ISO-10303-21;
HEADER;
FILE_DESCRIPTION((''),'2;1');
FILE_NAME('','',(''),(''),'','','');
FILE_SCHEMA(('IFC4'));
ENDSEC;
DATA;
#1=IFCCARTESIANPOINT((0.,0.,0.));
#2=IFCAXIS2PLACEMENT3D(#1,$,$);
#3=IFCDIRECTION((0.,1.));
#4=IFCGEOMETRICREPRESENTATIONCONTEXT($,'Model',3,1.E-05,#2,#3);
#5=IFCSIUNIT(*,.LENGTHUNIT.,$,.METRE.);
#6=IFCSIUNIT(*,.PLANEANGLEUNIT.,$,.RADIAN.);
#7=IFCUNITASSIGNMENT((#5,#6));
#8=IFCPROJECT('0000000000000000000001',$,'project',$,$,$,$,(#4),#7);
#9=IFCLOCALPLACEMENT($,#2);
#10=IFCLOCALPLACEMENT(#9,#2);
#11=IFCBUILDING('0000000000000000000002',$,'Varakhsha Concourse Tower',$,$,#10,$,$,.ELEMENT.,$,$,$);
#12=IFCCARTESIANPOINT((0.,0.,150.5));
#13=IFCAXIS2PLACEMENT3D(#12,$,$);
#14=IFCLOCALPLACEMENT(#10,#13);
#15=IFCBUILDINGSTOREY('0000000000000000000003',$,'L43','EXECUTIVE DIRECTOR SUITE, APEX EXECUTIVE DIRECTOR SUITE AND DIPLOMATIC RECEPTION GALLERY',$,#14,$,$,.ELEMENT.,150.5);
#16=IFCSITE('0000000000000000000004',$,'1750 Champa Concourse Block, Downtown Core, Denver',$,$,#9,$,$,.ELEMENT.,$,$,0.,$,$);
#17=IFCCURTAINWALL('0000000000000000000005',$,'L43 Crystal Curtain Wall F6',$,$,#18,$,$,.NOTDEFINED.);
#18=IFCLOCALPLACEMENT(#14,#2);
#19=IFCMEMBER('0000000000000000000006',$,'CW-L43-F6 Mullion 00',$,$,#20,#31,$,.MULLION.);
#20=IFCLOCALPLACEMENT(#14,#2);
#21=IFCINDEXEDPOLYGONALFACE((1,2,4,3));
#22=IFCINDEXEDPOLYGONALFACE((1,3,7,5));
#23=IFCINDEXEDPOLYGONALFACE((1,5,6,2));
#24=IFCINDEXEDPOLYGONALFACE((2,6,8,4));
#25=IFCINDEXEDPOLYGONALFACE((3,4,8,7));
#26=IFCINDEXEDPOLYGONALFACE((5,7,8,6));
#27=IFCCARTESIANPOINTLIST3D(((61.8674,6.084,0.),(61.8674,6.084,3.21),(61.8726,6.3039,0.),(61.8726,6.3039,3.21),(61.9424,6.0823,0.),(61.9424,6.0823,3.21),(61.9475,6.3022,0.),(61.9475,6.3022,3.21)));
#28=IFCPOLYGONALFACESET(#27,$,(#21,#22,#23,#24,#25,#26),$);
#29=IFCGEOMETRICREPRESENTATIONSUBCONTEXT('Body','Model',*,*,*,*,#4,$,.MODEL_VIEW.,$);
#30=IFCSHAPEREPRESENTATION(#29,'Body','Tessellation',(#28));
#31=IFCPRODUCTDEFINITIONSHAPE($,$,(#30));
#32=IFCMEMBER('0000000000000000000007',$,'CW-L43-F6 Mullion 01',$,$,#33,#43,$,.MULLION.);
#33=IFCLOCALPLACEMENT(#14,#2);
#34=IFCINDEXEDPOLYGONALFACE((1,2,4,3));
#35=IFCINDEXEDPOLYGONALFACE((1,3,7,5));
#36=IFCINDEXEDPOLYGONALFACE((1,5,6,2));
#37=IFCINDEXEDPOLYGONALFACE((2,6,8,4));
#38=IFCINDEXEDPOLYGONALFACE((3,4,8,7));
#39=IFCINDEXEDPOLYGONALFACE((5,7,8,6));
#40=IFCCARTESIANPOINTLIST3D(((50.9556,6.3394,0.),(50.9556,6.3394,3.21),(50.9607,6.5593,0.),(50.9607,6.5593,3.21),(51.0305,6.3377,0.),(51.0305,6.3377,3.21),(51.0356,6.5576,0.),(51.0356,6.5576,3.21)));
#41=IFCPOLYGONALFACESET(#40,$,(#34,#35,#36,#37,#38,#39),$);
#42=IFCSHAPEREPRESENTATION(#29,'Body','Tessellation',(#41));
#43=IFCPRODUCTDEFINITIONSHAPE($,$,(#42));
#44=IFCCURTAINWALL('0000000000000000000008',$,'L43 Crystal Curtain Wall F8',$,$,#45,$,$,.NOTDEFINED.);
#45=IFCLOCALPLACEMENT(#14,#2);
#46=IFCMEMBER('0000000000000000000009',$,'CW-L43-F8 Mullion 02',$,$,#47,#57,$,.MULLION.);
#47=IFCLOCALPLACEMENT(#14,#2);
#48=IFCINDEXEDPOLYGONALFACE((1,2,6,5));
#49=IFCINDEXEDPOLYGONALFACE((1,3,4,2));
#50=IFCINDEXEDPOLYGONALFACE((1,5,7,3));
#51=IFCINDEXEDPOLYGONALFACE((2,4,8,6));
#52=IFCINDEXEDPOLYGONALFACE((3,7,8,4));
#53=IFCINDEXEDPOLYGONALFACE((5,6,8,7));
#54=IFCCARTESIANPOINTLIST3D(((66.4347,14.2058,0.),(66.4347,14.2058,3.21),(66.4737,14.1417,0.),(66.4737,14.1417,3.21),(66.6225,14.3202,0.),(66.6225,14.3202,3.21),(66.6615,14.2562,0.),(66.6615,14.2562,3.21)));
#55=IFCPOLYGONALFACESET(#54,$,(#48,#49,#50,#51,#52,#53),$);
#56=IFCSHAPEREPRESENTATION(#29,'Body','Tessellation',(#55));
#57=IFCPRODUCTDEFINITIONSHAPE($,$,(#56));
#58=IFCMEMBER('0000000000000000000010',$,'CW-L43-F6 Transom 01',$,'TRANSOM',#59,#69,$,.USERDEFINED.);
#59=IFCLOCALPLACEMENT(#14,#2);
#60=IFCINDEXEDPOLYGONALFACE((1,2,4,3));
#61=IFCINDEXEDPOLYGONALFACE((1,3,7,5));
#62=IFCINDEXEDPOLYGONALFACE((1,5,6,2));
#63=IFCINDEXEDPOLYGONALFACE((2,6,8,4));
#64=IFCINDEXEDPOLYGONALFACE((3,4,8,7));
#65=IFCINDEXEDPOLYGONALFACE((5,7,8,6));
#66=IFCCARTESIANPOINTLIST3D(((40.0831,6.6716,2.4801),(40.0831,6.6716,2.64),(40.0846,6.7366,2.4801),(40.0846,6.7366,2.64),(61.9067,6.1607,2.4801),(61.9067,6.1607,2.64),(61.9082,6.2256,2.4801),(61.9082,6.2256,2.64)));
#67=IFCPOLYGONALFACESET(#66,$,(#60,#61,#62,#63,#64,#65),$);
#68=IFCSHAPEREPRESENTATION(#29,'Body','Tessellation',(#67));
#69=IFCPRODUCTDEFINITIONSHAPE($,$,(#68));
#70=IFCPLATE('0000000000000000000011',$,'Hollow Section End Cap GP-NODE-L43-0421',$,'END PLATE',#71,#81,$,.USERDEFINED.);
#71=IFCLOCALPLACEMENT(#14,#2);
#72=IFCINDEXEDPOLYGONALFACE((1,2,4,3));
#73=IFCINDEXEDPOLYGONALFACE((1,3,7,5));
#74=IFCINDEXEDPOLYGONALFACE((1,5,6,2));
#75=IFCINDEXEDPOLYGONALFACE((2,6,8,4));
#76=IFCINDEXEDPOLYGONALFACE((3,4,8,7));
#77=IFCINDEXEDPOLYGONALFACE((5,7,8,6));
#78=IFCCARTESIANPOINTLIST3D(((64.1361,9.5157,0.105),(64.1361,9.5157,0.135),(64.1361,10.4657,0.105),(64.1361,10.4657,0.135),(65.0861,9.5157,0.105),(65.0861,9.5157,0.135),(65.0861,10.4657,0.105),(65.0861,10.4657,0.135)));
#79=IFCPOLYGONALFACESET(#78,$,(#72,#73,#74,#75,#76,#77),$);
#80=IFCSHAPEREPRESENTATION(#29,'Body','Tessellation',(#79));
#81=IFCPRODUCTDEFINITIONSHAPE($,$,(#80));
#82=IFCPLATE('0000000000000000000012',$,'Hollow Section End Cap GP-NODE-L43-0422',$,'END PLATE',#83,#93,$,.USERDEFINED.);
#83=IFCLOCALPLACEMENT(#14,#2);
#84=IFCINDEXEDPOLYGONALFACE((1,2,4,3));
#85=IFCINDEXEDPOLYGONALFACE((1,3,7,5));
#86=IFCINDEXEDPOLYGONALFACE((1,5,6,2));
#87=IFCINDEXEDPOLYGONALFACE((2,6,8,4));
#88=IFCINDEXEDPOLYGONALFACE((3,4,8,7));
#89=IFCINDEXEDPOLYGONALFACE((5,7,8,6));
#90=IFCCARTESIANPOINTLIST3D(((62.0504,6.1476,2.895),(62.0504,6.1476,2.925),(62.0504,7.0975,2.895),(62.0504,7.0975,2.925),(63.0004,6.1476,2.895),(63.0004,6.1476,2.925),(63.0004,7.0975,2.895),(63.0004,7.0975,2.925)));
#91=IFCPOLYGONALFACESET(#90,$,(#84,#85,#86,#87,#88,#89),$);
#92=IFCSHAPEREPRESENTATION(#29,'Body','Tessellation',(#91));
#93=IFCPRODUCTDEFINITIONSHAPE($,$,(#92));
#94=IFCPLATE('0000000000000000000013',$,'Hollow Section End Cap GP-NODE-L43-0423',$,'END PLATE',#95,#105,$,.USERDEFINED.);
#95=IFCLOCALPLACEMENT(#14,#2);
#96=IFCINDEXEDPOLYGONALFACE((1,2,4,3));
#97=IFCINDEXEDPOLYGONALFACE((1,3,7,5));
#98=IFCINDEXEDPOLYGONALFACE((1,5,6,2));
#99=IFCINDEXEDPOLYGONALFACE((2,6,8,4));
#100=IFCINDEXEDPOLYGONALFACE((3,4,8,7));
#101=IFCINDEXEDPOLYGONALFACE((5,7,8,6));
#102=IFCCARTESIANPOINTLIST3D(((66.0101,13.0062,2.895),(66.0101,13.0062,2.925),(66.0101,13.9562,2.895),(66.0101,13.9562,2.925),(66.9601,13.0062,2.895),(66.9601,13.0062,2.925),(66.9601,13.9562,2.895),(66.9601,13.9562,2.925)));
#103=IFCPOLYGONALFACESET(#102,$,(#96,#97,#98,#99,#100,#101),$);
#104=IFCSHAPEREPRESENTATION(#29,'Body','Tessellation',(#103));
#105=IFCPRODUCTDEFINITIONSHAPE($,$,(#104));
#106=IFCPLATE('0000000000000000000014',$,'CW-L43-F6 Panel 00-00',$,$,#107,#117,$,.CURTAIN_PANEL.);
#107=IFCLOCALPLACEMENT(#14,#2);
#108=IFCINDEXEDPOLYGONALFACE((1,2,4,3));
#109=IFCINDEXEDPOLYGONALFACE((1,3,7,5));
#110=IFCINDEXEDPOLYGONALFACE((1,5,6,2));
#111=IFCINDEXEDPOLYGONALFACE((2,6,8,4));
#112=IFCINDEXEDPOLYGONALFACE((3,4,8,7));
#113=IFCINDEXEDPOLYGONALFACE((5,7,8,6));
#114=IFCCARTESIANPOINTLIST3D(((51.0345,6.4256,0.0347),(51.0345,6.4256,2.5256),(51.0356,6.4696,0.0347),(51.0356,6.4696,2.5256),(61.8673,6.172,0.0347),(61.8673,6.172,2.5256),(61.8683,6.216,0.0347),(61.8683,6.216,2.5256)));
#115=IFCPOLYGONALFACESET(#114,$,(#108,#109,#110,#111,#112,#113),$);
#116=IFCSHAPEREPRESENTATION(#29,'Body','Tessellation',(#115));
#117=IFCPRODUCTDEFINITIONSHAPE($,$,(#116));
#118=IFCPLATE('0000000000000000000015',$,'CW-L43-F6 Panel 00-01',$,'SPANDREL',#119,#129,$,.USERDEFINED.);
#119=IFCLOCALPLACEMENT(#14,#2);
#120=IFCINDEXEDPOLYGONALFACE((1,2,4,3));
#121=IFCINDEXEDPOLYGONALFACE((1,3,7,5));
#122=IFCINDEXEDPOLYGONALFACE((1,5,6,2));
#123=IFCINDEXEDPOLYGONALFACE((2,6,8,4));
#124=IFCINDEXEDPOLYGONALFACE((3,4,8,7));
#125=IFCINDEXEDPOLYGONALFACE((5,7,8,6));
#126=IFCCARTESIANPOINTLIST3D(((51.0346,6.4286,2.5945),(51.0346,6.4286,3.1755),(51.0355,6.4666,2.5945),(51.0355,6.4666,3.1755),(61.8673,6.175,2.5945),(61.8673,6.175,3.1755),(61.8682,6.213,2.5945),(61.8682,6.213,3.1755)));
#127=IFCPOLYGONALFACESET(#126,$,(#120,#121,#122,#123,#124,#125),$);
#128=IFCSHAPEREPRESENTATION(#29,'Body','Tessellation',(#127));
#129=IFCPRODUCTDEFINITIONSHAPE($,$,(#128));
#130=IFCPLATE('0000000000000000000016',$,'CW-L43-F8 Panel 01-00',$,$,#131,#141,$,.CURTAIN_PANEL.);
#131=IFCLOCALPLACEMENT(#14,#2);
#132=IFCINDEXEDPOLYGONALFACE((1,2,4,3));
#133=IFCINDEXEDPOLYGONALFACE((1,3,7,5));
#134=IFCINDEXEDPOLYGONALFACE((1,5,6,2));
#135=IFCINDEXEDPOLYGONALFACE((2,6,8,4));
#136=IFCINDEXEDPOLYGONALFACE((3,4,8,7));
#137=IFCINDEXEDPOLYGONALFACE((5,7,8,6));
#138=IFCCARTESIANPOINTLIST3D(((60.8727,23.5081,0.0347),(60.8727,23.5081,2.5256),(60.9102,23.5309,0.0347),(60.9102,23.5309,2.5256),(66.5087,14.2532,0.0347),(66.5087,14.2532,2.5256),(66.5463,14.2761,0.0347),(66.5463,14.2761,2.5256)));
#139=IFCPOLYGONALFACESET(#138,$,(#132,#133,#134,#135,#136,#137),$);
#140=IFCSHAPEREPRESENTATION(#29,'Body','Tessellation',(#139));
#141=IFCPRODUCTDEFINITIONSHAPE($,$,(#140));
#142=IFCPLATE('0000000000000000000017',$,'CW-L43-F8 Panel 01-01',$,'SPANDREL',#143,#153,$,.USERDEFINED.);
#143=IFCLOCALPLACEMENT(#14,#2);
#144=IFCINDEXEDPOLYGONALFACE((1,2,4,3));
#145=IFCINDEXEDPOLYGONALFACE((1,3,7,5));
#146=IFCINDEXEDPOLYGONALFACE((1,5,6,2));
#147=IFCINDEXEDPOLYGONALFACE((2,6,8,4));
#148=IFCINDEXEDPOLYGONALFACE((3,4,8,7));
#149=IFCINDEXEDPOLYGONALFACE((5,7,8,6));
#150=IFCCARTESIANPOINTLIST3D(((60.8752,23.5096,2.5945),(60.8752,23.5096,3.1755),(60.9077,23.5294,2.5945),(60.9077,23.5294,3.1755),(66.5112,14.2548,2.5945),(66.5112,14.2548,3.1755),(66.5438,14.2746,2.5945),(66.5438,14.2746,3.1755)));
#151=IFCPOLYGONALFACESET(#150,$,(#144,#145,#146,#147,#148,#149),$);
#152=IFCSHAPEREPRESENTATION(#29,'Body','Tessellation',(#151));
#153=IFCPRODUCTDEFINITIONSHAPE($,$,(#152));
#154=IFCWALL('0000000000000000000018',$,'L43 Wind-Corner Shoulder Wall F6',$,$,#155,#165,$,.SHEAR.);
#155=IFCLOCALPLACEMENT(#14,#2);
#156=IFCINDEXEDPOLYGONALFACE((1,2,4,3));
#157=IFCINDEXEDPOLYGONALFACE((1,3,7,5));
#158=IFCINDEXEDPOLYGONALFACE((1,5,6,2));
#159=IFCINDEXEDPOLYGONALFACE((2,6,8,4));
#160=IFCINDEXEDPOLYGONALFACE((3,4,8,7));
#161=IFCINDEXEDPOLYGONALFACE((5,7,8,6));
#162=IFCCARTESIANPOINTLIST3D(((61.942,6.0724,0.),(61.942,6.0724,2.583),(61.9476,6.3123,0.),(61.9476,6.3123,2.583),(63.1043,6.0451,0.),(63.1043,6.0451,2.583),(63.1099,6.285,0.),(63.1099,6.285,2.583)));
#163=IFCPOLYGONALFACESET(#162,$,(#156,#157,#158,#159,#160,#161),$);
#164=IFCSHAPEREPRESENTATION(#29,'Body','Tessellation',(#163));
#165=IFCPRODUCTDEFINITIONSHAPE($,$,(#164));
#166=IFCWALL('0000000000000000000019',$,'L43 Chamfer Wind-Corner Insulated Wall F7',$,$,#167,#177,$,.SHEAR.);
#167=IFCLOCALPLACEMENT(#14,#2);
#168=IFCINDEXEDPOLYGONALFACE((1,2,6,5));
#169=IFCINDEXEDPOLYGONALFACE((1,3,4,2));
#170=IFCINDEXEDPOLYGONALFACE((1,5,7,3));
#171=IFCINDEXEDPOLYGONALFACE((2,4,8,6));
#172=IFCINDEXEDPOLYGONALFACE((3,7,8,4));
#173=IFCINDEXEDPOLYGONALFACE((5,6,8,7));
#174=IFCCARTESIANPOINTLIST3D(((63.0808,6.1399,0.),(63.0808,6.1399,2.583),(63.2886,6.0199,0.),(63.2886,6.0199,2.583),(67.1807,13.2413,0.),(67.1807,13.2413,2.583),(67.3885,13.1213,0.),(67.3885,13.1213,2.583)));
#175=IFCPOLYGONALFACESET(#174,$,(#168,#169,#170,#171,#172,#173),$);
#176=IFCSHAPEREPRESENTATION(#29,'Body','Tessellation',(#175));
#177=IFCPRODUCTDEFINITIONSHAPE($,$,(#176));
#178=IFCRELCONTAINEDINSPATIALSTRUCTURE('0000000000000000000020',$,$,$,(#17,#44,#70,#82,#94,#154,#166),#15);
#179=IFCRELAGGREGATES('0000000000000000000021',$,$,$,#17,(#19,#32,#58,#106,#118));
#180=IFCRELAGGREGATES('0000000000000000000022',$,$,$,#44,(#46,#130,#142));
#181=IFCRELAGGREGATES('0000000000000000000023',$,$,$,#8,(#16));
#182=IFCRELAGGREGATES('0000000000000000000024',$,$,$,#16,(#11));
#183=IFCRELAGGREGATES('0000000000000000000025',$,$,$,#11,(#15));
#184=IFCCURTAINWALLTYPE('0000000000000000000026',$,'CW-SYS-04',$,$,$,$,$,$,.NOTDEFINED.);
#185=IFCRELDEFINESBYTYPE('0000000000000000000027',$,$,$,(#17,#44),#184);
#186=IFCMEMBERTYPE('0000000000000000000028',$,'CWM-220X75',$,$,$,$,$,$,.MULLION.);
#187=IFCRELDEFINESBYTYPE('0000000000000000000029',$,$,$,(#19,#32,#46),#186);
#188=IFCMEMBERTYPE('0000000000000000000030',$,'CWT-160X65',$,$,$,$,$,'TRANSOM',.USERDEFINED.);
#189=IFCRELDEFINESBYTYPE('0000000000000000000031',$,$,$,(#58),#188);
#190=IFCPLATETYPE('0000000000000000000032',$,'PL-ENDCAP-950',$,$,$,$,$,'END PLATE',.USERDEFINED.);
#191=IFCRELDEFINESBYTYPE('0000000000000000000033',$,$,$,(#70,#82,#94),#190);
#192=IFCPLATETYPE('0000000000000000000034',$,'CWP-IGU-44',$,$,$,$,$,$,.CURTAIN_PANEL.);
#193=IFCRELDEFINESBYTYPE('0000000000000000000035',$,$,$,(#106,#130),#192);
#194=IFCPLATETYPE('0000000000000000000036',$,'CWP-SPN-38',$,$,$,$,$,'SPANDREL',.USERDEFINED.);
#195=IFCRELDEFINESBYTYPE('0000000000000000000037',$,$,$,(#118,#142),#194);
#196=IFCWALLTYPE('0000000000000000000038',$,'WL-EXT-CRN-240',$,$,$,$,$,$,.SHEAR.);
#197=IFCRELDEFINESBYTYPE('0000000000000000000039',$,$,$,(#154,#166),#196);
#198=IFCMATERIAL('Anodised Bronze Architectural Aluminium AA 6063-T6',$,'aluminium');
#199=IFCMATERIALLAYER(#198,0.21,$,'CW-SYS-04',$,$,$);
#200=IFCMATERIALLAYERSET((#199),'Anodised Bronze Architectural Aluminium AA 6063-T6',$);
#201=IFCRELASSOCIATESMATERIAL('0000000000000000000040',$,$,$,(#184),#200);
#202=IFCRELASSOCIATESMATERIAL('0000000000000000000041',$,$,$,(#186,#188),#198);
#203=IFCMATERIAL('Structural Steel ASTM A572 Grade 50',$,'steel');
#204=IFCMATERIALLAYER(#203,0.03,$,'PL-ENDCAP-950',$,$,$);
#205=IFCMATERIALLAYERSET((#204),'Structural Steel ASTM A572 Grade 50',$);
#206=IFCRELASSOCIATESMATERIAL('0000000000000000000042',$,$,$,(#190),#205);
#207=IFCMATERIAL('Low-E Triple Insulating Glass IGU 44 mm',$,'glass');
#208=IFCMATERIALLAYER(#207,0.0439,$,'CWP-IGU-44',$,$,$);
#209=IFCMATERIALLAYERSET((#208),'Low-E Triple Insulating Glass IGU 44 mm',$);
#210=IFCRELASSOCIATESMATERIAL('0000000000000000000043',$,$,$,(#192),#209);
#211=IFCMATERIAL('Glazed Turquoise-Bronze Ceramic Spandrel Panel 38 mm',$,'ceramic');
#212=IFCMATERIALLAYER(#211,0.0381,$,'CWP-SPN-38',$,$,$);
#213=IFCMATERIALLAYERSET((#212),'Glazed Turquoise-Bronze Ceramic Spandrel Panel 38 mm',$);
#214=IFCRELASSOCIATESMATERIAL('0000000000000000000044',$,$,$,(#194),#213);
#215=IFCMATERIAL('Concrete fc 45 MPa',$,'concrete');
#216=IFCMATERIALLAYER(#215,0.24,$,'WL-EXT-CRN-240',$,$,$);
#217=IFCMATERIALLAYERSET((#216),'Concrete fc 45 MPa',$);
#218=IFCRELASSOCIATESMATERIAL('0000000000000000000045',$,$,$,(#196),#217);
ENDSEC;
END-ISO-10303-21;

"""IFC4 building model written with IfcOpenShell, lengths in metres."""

from ifc_helpers import new_model, si_unit, direction, frame, frame_2d, origin, origin_2d, place, context, subcontext, project, spatial, rectangle, extrude, source, transform, mapped, material, layer, layer_set, material_profile, profile_set, type_object, type_shapes, element, aggregate, save


model = new_model("IFC4")

# Units and contexts
model_context = context("Model", 3, precision=1e-05, world=origin(), true_north=direction((0.0, 1.0)))
body_context = subcontext(model_context, "Body", "Model", "MODEL_VIEW")
ifc_project = project(units=[si_unit("LENGTHUNIT", "METRE"), si_unit("PLANEANGLEUNIT", "RADIAN")], contexts=[model_context])

# Site, building, storey
site_placement = place(None, origin())
site = spatial("IfcSite", under=ifc_project, at=site_placement, Name="1750 Champa Concourse Block, Downtown Core, Denver", CompositionType="ELEMENT", RefElevation=0.0)
building_placement = place(site_placement, origin())
building = spatial("IfcBuilding", under=site, at=building_placement, Name="Varakhsha Concourse Tower", CompositionType="ELEMENT")
storey_placement = place(building_placement, frame((0.0, 0.0, 150.5)))
storey = spatial("IfcBuildingStorey", under=building, at=storey_placement, Name="L43", Description="EXECUTIVE DIRECTOR SUITE, APEX EXECUTIVE DIRECTOR SUITE AND DIPLOMATIC RECEPTION GALLERY", CompositionType="ELEMENT", Elevation=150.5)

# Shared definitions
ifc_material_1 = material(Name="Structural Steel ASTM A572 Grade 50", Category="steel")

# Curtain wall, members
ifc_material_2 = material(Name="Anodised Bronze Architectural Aluminium AA 6063-T6", Category="aluminium")
ifc_layer_1 = layer(ifc_material_2, 0.21, Name="CW-SYS-04")
ifc_layer_set_1 = layer_set([ifc_layer_1], Name="Anodised Bronze Architectural Aluminium AA 6063-T6")
curtain_wall_type = type_object("IfcCurtainWallType", Name="CW-SYS-04", PredefinedType="NOTDEFINED", material=ifc_layer_set_1)
curtain_wall_1_placement = place(storey_placement, origin())
curtain_wall_1 = element("IfcCurtainWall", 1, at=curtain_wall_1_placement, inside=storey, type_object=curtain_wall_type, Name="L43 Crystal Curtain Wall F6", PredefinedType="NOTDEFINED")
ifc_material_profile_1 = material_profile(ifc_material_2, rectangle(XDim=0.075, YDim=0.22, at=origin_2d()), Name="CWM-220X75")
ifc_profile_set_1 = profile_set([ifc_material_profile_1], Name="Anodised Bronze Architectural Aluminium AA 6063-T6")
member_type_1 = type_object("IfcMemberType", Name="CWM-220X75", PredefinedType="MULLION", material=ifc_profile_set_1)
shared_shape_1 = source(origin(), body_context, "Body", "SweptSolid", [
    extrude(rectangle(XDim=0.075, YDim=0.22, at=origin_2d()), origin(), (0.0, 0.0, 1.0), 3.21),
])
type_shapes(member_type_1, [shared_shape_1])
member_1_placement = place(storey_placement, frame((61.9075, 6.1931, 0.0), z_axis=(0.0, 0.0, 1.0), x_axis=(-0.999726, 0.023404, 0.0)))
member_1 = element("IfcMember", 2, at=member_1_placement, type_object=member_type_1, Name="CW-L43-F6 Mullion 00", PredefinedType="MULLION", context=body_context, shape_type="MappedRepresentation", body=[
    mapped(shared_shape_1, transform((0.0, 0.0, 0.0), scale=1.0)),
])
member_2_placement = place(storey_placement, frame((50.9956, 6.4485, 0.0), z_axis=(0.0, 0.0, 1.0), x_axis=(-0.999726, 0.023404, 0.0)))
member_2 = element("IfcMember", 3, at=member_2_placement, type_object=member_type_1, Name="CW-L43-F6 Mullion 01", PredefinedType="MULLION", context=body_context, shape_type="MappedRepresentation", body=[
    mapped(shared_shape_1, transform((0.0, 0.0, 0.0), scale=1.0)),
])

# Curtain wall, member
curtain_wall_2_placement = place(storey_placement, origin())
curtain_wall_2 = element("IfcCurtainWall", 4, at=curtain_wall_2_placement, inside=storey, type_object=curtain_wall_type, Name="L43 Crystal Curtain Wall F8", PredefinedType="NOTDEFINED")
member_3_placement = place(storey_placement, frame((66.5481, 14.231, 0.0), z_axis=(0.0, 0.0, 1.0), x_axis=(0.520126, -0.85409, 0.0)))
member_3 = element("IfcMember", 5, at=member_3_placement, type_object=member_type_1, Name="CW-L43-F8 Mullion 02", PredefinedType="MULLION", context=body_context, shape_type="MappedRepresentation", body=[
    mapped(shared_shape_1, transform((0.0, 0.0, 0.0), scale=1.0)),
])

# Member
ifc_material_profile_2 = material_profile(ifc_material_2, rectangle(XDim=0.0649, YDim=0.1599, at=origin_2d()), Name="CWT-160X65")
ifc_profile_set_2 = profile_set([ifc_material_profile_2], Name="Anodised Bronze Architectural Aluminium AA 6063-T6")
member_type_2 = type_object("IfcMemberType", Name="CWT-160X65", ElementType="TRANSOM", PredefinedType="USERDEFINED", material=ifc_profile_set_2)
shared_shape_2 = source(origin(), body_context, "Body", "SweptSolid", [
    extrude(rectangle(XDim=0.0649, YDim=0.1599, at=origin_2d()), origin(), (0.0, 0.0, 1.0), 21.8296),
])
type_shapes(member_type_2, [shared_shape_2])
member_4_placement = place(storey_placement, frame((61.9075, 6.1931, 2.5601), z_axis=(-0.999726, 0.023408, 0.0), x_axis=(-0.023408, -0.999726, 0.0)))
member_4 = element("IfcMember", 6, at=member_4_placement, type_object=member_type_2, Name="CW-L43-F6 Transom 01", ObjectType="TRANSOM", PredefinedType="USERDEFINED", context=body_context, shape_type="MappedRepresentation", body=[
    mapped(shared_shape_2, transform((0.0, 0.0, 0.0), scale=1.0)),
])

# Plates
ifc_layer_2 = layer(ifc_material_1, 0.03, Name="PL-ENDCAP-950")
ifc_layer_set_2 = layer_set([ifc_layer_2], Name="Structural Steel ASTM A572 Grade 50")
plate_type_1 = type_object("IfcPlateType", Name="PL-ENDCAP-950", ElementType="END PLATE", PredefinedType="USERDEFINED", material=ifc_layer_set_2)
shared_shape_3 = source(origin(), body_context, "Body", "SweptSolid", [
    extrude(rectangle(XDim=0.95, YDim=0.95, at=origin_2d()), origin(), (0.0, 0.0, 1.0), 0.03),
])
type_shapes(plate_type_1, [shared_shape_3])
for number, where, z_axis, x_axis, name in (
    (7, (64.6111, 9.9907, 0.105), (0.0, 0.0, 1.0), (1.0, 0.0, 0.0), "Hollow Section End Cap GP-NODE-L43-0421"),
    (8, (62.5254, 6.6226, 2.895), (0.0, 0.0, 1.0), (1.0, 0.0, 0.0), "Hollow Section End Cap GP-NODE-L43-0422"),
    (9, (66.4851, 13.4812, 2.895), (0.0, 0.0, 1.0), (1.0, 0.0, 0.0), "Hollow Section End Cap GP-NODE-L43-0423"),
):
    element("IfcPlate", number, at=place(storey_placement, frame(where, z_axis=z_axis, x_axis=x_axis)), inside=storey, type_object=plate_type_1, Name=name, ObjectType="END PLATE", PredefinedType="USERDEFINED", context=body_context, shape_type="MappedRepresentation", body=[
        mapped(shared_shape_3, transform((0.0, 0.0, 0.0), scale=1.0)),
    ])

# Plates
ifc_material_3 = material(Name="Low-E Triple Insulating Glass IGU 44 mm", Category="glass")
ifc_layer_3 = layer(ifc_material_3, 0.0439, Name="CWP-IGU-44")
ifc_layer_set_3 = layer_set([ifc_layer_3], Name="Low-E Triple Insulating Glass IGU 44 mm")
plate_type_2 = type_object("IfcPlateType", Name="CWP-IGU-44", PredefinedType="CURTAIN_PANEL", material=ifc_layer_set_3)
shared_shape_4 = source(origin(), body_context, "Body", "SweptSolid", [
    extrude(rectangle(XDim=10.8357, YDim=0.0439, at=origin_2d()), origin(), (0.0, 0.0, 1.0), 2.491),
])
plate_1_placement = place(storey_placement, frame((56.4514, 6.3208, 0.0347), z_axis=(0.0, 0.0, 1.0), x_axis=(-0.999726, 0.023404, 0.0)))
plate_1 = element("IfcPlate", 10, at=plate_1_placement, type_object=plate_type_2, Name="CW-L43-F6 Panel 00-00", PredefinedType="CURTAIN_PANEL", context=body_context, shape_type="MappedRepresentation", body=[
    mapped(shared_shape_4, transform((0.0, 0.0, 0.0), scale=1.0)),
])
ifc_material_4 = material(Name="Glazed Turquoise-Bronze Ceramic Spandrel Panel 38 mm", Category="ceramic")
ifc_layer_4 = layer(ifc_material_4, 0.0381, Name="CWP-SPN-38")
ifc_layer_set_4 = layer_set([ifc_layer_4], Name="Glazed Turquoise-Bronze Ceramic Spandrel Panel 38 mm")
plate_type_3 = type_object("IfcPlateType", Name="CWP-SPN-38", ElementType="SPANDREL", PredefinedType="USERDEFINED", material=ifc_layer_set_4)
shared_shape_5 = source(origin(), body_context, "Body", "SweptSolid", [
    extrude(rectangle(XDim=10.8357, YDim=0.0381, at=origin_2d()), origin(), (0.0, 0.0, 1.0), 0.5811),
])
plate_2_placement = place(storey_placement, frame((56.4514, 6.3208, 2.5945), z_axis=(0.0, 0.0, 1.0), x_axis=(-0.999726, 0.023404, 0.0)))
plate_2 = element("IfcPlate", 11, at=plate_2_placement, type_object=plate_type_3, Name="CW-L43-F6 Panel 00-01", ObjectType="SPANDREL", PredefinedType="USERDEFINED", context=body_context, shape_type="MappedRepresentation", body=[
    mapped(shared_shape_5, transform((0.0, 0.0, 0.0), scale=1.0)),
])
aggregate(curtain_wall_1, [member_1, member_2, member_4, plate_1, plate_2])
shared_shape_6 = source(origin(), body_context, "Body", "SweptSolid", [
    extrude(rectangle(XDim=10.8359, YDim=0.0439, at=origin_2d()), origin(), (0.0, 0.0, 1.0), 2.491),
])
type_shapes(plate_type_2, [shared_shape_4, shared_shape_6])
plate_3_placement = place(storey_placement, frame((63.7095, 18.8921, 0.0347), z_axis=(0.0, 0.0, 1.0), x_axis=(0.520126, -0.85409, 0.0)))
plate_3 = element("IfcPlate", 12, at=plate_3_placement, type_object=plate_type_2, Name="CW-L43-F8 Panel 01-00", PredefinedType="CURTAIN_PANEL", context=body_context, shape_type="MappedRepresentation", body=[
    mapped(shared_shape_6, transform((0.0, 0.0, 0.0), scale=1.0)),
])
shared_shape_7 = source(origin(), body_context, "Body", "SweptSolid", [
    extrude(rectangle(XDim=10.8359, YDim=0.0381, at=origin_2d()), origin(), (0.0, 0.0, 1.0), 0.5811),
])
type_shapes(plate_type_3, [shared_shape_5, shared_shape_7])
plate_4_placement = place(storey_placement, frame((63.7095, 18.8921, 2.5945), z_axis=(0.0, 0.0, 1.0), x_axis=(0.520126, -0.85409, 0.0)))
plate_4 = element("IfcPlate", 13, at=plate_4_placement, type_object=plate_type_3, Name="CW-L43-F8 Panel 01-01", ObjectType="SPANDREL", PredefinedType="USERDEFINED", context=body_context, shape_type="MappedRepresentation", body=[
    mapped(shared_shape_7, transform((0.0, 0.0, 0.0), scale=1.0)),
])
aggregate(curtain_wall_2, [member_3, plate_3, plate_4])

# Walls
ifc_material_5 = material(Name="Concrete fc 45 MPa", Category="concrete")
ifc_layer_5 = layer(ifc_material_5, 0.24, Name="WL-EXT-CRN-240")
ifc_layer_set_5 = layer_set([ifc_layer_5], Name="Concrete fc 45 MPa")
wall_type = type_object("IfcWallType", Name="WL-EXT-CRN-240", PredefinedType="SHEAR", material=ifc_layer_set_5)
wall_1_placement = place(storey_placement, frame((61.9448, 6.1924, 0.0), z_axis=(0.0, 0.0, 1.0), x_axis=(0.999723, -0.023518, 0.0)))
element("IfcWall", 14, at=wall_1_placement, inside=storey, type_object=wall_type, Name="L43 Wind-Corner Shoulder Wall F6", PredefinedType="SHEAR", context=body_context, shape_type="SweptSolid", body=[
    extrude(rectangle(XDim=1.1626, YDim=0.24, at=frame_2d((0.5813, 0.0))), origin(), (0.0, 0.0, 1.0), 2.583),
])
wall_2_placement = place(storey_placement, frame((67.2847, 13.1814, 0.0), z_axis=(0.0, 0.0, 1.0), x_axis=(-0.499991, -0.86603, 0.0)))
element("IfcWall", 15, at=wall_2_placement, inside=storey, type_object=wall_type, Name="L43 Chamfer Wind-Corner Insulated Wall F7", PredefinedType="SHEAR", context=body_context, shape_type="SweptSolid", body=[
    extrude(rectangle(XDim=8.2, YDim=0.24, at=frame_2d((4.1001, 0.0))), origin(), (0.0, 0.0, 1.0), 2.583),
])

save(model, "model.ifc")
